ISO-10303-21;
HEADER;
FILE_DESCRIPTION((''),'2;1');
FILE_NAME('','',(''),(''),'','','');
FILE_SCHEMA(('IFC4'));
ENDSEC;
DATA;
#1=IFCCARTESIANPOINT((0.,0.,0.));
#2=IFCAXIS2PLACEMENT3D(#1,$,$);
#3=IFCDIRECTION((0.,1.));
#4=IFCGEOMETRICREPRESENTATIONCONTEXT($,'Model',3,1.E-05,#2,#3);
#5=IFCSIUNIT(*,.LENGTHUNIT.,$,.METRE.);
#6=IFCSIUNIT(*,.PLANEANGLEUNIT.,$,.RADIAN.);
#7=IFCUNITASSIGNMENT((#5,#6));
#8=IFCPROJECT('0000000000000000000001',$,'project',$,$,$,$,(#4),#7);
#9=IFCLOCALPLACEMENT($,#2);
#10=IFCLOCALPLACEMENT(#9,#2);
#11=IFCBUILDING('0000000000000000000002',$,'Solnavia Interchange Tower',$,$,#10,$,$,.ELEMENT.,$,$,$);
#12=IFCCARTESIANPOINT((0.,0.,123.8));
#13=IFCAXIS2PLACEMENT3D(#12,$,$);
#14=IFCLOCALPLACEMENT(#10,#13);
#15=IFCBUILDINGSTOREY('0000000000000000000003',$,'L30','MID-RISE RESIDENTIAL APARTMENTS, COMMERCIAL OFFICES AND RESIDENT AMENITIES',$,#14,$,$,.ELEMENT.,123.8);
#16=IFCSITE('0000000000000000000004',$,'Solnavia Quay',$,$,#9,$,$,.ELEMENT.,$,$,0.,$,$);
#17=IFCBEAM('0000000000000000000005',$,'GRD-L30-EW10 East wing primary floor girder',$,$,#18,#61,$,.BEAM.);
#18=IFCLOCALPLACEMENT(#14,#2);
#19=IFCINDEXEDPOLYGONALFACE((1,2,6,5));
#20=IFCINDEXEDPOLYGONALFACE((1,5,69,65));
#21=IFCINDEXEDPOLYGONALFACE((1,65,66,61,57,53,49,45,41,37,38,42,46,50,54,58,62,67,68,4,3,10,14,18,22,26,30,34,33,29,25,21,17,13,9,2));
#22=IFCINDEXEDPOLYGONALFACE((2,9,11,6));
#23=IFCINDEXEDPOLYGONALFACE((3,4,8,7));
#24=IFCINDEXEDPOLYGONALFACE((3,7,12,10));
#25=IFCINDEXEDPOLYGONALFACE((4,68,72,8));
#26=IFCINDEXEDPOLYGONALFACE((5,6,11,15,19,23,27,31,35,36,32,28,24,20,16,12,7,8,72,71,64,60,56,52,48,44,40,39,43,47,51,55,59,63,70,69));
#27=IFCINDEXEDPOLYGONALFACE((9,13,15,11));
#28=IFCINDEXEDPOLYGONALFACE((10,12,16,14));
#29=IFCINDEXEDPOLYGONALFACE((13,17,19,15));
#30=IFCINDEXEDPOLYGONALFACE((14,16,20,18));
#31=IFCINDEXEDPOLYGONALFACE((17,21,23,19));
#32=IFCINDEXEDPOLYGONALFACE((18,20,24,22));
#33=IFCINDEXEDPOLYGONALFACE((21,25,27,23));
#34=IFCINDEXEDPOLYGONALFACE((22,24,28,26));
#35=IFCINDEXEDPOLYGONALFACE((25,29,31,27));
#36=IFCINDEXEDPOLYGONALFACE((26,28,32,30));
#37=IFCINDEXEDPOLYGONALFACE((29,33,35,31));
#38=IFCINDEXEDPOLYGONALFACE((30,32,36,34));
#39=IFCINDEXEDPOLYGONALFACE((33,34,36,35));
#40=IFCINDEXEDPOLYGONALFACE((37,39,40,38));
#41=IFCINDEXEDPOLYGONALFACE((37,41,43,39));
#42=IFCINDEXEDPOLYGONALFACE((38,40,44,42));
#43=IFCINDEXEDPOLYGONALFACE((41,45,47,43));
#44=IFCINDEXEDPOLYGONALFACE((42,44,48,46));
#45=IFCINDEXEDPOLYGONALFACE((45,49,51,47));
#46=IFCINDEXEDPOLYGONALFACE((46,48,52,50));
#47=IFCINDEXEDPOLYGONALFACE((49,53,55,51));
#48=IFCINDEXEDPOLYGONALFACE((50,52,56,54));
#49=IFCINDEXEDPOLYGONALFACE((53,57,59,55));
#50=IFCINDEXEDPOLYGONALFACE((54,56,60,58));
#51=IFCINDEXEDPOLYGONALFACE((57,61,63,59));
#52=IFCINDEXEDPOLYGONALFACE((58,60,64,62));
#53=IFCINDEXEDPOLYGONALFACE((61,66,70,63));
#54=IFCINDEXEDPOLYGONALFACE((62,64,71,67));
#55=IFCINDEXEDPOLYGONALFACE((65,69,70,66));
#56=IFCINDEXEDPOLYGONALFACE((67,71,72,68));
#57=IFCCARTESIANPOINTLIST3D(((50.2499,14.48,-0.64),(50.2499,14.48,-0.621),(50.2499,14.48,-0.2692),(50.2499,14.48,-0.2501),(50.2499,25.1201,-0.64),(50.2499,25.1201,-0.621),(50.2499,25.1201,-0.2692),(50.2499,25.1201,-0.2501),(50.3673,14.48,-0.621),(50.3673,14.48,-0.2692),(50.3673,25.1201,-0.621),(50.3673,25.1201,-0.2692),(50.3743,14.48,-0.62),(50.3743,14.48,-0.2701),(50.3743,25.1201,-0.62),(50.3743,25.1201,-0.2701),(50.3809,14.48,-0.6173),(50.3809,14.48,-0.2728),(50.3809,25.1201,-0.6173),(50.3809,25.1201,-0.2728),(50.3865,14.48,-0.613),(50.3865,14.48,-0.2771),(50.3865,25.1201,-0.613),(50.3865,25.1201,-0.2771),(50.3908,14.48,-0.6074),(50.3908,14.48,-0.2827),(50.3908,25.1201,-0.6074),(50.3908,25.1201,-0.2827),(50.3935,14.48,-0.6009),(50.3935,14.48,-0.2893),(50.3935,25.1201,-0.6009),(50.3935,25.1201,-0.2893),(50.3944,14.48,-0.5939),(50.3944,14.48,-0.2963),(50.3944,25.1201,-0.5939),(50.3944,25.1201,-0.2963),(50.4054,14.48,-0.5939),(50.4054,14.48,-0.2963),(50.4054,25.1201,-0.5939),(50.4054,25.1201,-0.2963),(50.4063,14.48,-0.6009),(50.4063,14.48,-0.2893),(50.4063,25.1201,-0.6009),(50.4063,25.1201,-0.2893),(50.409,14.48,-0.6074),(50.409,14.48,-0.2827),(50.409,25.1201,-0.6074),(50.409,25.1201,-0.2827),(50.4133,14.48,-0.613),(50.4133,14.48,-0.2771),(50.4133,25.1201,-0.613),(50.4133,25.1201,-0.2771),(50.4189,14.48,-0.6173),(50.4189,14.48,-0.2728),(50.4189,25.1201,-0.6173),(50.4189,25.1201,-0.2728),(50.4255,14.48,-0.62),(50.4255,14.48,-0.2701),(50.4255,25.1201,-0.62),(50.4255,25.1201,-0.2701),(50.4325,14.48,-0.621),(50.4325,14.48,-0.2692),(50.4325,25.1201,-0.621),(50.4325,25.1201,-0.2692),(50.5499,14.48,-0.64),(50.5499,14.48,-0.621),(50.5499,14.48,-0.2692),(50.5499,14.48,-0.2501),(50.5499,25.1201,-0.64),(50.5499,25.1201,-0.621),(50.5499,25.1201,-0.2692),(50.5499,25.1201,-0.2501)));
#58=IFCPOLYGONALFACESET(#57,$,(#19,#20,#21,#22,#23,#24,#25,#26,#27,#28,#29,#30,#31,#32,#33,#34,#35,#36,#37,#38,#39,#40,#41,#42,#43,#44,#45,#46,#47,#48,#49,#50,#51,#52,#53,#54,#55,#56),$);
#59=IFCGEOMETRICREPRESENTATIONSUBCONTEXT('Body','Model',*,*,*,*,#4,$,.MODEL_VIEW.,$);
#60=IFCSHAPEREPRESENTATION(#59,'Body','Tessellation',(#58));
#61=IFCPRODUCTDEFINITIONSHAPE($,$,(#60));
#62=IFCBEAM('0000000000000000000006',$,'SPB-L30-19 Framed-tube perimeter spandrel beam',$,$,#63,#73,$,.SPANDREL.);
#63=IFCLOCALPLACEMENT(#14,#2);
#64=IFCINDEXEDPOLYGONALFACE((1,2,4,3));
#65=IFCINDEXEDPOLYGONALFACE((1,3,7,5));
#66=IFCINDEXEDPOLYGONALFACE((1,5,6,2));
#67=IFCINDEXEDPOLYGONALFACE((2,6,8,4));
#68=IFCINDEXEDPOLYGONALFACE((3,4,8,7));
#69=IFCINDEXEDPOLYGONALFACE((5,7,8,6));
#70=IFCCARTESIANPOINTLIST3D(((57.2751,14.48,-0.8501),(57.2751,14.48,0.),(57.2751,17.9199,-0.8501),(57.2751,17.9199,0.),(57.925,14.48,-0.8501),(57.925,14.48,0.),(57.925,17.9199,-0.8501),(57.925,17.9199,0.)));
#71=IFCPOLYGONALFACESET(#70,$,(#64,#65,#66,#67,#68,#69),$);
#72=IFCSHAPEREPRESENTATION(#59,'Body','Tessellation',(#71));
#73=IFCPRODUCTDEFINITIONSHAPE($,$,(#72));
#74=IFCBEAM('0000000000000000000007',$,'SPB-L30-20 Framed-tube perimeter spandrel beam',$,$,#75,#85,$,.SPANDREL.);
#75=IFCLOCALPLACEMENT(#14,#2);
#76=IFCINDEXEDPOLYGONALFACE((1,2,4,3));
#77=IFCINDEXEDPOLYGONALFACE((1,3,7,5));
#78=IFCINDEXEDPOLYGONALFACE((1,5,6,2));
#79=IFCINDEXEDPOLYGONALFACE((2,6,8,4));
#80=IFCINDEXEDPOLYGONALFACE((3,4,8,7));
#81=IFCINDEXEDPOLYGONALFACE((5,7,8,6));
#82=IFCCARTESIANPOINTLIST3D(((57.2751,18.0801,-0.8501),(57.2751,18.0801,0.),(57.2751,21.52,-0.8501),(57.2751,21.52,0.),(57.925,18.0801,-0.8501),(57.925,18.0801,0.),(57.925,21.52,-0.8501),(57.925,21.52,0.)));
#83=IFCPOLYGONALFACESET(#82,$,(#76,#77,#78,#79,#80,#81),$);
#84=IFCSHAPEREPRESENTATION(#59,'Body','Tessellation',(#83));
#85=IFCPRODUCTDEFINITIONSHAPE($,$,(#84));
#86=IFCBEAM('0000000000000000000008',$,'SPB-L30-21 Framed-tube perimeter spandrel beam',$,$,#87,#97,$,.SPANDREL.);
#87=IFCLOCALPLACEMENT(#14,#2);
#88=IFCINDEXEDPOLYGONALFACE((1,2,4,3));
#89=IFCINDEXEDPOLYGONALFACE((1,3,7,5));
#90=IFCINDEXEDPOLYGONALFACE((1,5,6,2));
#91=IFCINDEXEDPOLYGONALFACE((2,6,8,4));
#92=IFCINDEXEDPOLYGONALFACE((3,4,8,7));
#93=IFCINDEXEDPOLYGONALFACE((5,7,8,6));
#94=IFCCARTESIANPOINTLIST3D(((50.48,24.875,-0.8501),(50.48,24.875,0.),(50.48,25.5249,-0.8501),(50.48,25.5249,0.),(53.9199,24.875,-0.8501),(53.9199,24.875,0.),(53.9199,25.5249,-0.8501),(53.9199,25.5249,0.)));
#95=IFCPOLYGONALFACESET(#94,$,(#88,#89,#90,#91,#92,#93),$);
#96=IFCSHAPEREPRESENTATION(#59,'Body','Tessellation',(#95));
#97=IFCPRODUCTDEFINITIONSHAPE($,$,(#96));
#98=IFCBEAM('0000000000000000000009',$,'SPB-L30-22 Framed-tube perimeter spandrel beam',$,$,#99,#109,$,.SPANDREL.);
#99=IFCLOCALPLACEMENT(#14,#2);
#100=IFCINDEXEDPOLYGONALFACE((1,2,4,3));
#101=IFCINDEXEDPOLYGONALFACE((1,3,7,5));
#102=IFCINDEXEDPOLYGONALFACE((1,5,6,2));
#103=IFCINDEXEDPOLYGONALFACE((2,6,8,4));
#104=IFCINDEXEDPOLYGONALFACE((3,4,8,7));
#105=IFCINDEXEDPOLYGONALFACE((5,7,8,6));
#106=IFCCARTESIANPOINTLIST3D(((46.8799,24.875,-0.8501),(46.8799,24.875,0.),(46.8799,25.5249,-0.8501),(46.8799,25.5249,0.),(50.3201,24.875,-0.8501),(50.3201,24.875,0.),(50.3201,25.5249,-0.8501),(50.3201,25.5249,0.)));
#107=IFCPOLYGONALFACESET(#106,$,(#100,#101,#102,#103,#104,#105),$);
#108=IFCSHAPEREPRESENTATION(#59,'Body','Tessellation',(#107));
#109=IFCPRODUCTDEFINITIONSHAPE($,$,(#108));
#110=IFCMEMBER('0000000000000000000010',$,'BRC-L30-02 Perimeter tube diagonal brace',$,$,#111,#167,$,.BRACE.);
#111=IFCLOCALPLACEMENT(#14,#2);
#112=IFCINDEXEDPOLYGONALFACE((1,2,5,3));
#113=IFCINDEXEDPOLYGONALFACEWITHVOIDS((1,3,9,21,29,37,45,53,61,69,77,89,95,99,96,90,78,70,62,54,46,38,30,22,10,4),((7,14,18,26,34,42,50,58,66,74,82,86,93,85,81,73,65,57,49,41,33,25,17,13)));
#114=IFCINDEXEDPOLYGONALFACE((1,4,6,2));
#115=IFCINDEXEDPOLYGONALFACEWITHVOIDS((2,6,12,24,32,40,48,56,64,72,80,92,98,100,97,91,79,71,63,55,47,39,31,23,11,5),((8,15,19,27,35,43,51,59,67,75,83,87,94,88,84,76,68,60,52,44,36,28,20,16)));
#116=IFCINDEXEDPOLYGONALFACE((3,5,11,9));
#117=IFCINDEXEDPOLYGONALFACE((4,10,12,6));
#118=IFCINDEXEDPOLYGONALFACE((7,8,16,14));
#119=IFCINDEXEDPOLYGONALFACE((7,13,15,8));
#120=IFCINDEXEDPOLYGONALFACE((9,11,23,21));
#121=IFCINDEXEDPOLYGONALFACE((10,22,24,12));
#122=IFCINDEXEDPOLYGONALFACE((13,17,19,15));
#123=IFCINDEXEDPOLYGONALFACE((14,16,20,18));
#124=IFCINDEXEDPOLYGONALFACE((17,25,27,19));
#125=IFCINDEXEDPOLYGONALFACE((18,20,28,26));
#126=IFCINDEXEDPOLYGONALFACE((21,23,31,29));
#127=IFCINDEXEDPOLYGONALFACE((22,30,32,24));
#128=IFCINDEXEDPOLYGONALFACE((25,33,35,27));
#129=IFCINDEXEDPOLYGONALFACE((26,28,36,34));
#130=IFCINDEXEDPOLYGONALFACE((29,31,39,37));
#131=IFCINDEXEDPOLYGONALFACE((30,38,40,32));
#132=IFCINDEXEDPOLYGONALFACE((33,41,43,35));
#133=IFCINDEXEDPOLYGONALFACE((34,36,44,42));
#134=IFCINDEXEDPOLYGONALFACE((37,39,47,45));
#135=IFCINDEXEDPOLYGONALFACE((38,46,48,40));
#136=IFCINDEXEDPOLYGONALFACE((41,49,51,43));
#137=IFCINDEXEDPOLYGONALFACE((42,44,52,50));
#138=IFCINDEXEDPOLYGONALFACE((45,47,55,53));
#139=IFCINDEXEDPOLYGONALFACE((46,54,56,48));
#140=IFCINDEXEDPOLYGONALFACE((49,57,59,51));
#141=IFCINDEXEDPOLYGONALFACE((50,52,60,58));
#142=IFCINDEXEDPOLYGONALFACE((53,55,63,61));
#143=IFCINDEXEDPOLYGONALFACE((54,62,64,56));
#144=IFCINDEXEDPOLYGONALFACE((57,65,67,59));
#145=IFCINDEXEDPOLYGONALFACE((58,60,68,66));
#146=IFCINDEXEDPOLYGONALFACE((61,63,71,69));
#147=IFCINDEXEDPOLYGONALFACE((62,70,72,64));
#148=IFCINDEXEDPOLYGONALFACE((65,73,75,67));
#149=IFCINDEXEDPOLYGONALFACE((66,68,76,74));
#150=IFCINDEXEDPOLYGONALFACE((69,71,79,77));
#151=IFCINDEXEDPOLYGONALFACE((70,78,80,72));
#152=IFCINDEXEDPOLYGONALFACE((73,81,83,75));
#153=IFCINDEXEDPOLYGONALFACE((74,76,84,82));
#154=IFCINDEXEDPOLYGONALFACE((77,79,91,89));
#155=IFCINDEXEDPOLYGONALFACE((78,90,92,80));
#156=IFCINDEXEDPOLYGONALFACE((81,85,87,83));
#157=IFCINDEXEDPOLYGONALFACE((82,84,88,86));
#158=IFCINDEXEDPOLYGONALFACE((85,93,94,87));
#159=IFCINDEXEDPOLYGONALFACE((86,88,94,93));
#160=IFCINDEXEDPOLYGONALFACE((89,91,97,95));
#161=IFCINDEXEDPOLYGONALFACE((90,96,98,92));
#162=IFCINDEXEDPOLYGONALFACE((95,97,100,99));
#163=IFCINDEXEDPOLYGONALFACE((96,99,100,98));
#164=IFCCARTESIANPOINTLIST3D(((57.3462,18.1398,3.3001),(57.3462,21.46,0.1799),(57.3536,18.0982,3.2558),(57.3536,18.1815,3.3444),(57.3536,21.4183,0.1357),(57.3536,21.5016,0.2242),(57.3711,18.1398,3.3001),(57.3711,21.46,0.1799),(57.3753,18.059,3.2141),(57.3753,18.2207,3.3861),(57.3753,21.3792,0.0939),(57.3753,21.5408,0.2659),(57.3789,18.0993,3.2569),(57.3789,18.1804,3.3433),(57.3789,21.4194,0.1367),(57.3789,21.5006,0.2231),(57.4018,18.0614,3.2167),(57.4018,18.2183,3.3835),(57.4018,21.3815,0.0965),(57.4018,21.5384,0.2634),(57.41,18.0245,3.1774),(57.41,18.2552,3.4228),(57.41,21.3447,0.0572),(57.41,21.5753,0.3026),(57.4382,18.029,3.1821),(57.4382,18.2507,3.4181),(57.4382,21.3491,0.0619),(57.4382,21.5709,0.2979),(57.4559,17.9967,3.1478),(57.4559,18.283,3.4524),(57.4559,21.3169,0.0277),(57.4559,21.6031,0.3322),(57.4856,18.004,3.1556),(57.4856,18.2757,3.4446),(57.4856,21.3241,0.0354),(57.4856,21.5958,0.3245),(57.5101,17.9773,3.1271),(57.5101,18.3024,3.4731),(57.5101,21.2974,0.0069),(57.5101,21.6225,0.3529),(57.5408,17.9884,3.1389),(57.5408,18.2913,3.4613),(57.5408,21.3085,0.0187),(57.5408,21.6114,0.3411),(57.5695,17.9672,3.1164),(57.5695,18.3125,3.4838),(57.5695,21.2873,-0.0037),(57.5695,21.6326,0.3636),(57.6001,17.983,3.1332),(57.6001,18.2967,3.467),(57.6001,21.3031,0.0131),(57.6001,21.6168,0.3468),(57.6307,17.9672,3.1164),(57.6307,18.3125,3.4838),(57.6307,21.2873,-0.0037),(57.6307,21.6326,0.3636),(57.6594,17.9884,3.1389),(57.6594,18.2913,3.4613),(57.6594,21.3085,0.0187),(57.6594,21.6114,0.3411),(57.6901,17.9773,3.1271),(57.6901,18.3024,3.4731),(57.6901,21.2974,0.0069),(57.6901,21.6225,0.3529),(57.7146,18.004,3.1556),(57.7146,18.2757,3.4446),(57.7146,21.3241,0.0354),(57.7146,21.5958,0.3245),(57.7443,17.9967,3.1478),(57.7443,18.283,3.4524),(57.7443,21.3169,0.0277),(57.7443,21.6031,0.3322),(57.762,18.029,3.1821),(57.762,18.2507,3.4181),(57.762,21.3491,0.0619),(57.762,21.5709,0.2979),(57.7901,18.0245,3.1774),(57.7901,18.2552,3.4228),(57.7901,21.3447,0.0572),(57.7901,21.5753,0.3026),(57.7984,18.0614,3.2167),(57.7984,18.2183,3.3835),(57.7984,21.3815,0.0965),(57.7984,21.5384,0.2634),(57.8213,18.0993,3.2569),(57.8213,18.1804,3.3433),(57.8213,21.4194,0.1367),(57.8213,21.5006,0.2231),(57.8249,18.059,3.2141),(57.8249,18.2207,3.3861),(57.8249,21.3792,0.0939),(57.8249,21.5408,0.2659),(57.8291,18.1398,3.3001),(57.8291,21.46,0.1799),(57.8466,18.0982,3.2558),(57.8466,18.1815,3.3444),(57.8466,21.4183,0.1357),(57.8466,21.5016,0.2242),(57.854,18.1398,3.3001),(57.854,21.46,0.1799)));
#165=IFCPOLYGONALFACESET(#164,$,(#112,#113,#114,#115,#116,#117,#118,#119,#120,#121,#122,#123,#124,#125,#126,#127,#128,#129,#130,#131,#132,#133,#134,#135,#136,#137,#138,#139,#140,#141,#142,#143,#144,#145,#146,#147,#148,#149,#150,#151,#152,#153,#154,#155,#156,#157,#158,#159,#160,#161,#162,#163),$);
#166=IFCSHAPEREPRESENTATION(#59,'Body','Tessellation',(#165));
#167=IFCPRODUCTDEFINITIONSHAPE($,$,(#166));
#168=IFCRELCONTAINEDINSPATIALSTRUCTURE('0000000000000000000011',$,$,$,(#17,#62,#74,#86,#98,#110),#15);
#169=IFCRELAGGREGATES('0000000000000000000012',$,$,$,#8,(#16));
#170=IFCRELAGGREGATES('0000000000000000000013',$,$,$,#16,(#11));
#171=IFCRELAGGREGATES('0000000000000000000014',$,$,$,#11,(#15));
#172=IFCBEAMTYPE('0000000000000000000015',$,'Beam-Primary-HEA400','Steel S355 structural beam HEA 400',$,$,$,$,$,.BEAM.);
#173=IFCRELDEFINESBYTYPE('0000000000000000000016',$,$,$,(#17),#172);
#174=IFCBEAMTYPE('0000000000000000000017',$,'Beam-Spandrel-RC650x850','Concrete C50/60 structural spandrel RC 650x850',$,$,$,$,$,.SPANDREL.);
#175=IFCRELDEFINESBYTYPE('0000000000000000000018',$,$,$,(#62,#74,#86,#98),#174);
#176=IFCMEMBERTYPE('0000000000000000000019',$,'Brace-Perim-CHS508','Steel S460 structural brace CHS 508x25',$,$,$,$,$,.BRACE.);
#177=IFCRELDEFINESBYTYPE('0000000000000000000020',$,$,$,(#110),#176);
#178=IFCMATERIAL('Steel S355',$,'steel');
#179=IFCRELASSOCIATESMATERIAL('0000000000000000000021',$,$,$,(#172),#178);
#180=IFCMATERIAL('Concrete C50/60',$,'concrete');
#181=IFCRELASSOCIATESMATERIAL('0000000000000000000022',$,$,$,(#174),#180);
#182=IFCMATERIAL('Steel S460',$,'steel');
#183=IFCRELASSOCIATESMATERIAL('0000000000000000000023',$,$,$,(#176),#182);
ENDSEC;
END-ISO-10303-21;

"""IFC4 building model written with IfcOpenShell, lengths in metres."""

from ifc_helpers import new_model, si_unit, direction, frame, origin, origin_2d, place, context, subcontext, project, spatial, rectangle, hollow_circle, i_section, extrude, material, material_profile, profile_set, type_object, element, save


model = new_model("IFC4")

# Units and contexts
model_context = context("Model", 3, precision=1e-05, world=origin(), true_north=direction((0.0, 1.0)))
body_context = subcontext(model_context, "Body", "Model", "MODEL_VIEW")
ifc_project = project(units=[si_unit("LENGTHUNIT", "METRE"), si_unit("PLANEANGLEUNIT", "RADIAN")], contexts=[model_context])

# Site, building, storey
site_placement = place(None, origin())
site = spatial("IfcSite", under=ifc_project, at=site_placement, Name="Solnavia Quay", CompositionType="ELEMENT", RefElevation=0.0)
building_placement = place(site_placement, origin())
building = spatial("IfcBuilding", under=site, at=building_placement, Name="Solnavia Interchange Tower", CompositionType="ELEMENT")
storey_placement = place(building_placement, frame((0.0, 0.0, 123.8)))
storey = spatial("IfcBuildingStorey", under=building, at=storey_placement, Name="L30", Description="MID-RISE RESIDENTIAL APARTMENTS, COMMERCIAL OFFICES AND RESIDENT AMENITIES", CompositionType="ELEMENT", Elevation=123.8)

# Shared definitions
ifc_material_1 = material(Name="Concrete C50/60", Category="concrete")
ifc_material_2 = material(Name="Steel S355", Category="steel")

# Beams
ifc_material_3 = material(Name="Steel S460", Category="steel")
ifc_material_profile_1 = material_profile(ifc_material_2, i_section(OverallWidth=0.3, OverallDepth=0.3899, WebThickness=0.011, FlangeThickness=0.019, FilletRadius=0.0271, at=origin_2d()), Name="HEA 400")
ifc_profile_set_1 = profile_set([ifc_material_profile_1], Name="Steel S355")
beam_type_1 = type_object("IfcBeamType", Name="Beam-Primary-HEA400", Description="Steel S355 structural beam HEA 400", PredefinedType="BEAM", material=ifc_profile_set_1)
beam_1_placement = place(storey_placement, frame((50.3999, 14.48, -0.4451), z_axis=(0.0, 1.0, 0.0), x_axis=(-1.0, 0.0, 0.0)))
element("IfcBeam", 1, at=beam_1_placement, inside=storey, type_object=beam_type_1, Name="GRD-L30-EW10 East wing primary floor girder", PredefinedType="BEAM", context=body_context, shape_type="SweptSolid", body=[
    extrude(i_section(OverallWidth=0.3, OverallDepth=0.3899, WebThickness=0.011, FlangeThickness=0.019, FilletRadius=0.0271, at=origin_2d()), origin(), (0.0, 0.0, 1.0), 10.6401),
])
ifc_material_profile_2 = material_profile(ifc_material_1, rectangle(XDim=0.6499, YDim=0.8501, at=origin_2d()), Name="RC 650x850")
ifc_profile_set_2 = profile_set([ifc_material_profile_2], Name="Concrete C50/60")
beam_type_2 = type_object("IfcBeamType", Name="Beam-Spandrel-RC650x850", Description="Concrete C50/60 structural spandrel RC 650x850", PredefinedType="SPANDREL", material=ifc_profile_set_2)
for number, where, z_axis, x_axis, name in (
    (2, (57.6001, 14.48, -0.425), (0.0, 1.0, 0.0), (-1.0, 0.0, 0.0), "SPB-L30-19 Framed-tube perimeter spandrel beam"),
    (3, (57.6001, 18.0801, -0.425), (0.0, 1.0, 0.0), (-1.0, 0.0, 0.0), "SPB-L30-20 Framed-tube perimeter spandrel beam"),
    (4, (53.9199, 25.2, -0.425), (-1.0, 0.0, 0.0), (0.0, -1.0, 0.0), "SPB-L30-21 Framed-tube perimeter spandrel beam"),
):
    element("IfcBeam", number, at=place(storey_placement, frame(where, z_axis=z_axis, x_axis=x_axis)), inside=storey, type_object=beam_type_2, Name=name, PredefinedType="SPANDREL", context=body_context, shape_type="SweptSolid", body=[
        extrude(rectangle(XDim=0.6499, YDim=0.8501, at=origin_2d()), origin(), (0.0, 0.0, 1.0), 3.4399),
    ])
beam_2_placement = place(storey_placement, frame((50.3201, 25.2, -0.425), z_axis=(-1.0, 0.0, 0.0), x_axis=(0.0, -1.0, 0.0)))
element("IfcBeam", 5, at=beam_2_placement, inside=storey, type_object=beam_type_2, Name="SPB-L30-22 Framed-tube perimeter spandrel beam", PredefinedType="SPANDREL", context=body_context, shape_type="SweptSolid", body=[
    extrude(rectangle(XDim=0.6499, YDim=0.8501, at=origin_2d()), origin(), (0.0, 0.0, 1.0), 3.4402),
])

# Member
ifc_material_profile_3 = material_profile(ifc_material_3, hollow_circle(Radius=0.2539, WallThickness=0.0249, at=origin_2d()), Name="CHS 508x25")
ifc_profile_set_3 = profile_set([ifc_material_profile_3], Name="Steel S460")
member_type = type_object("IfcMemberType", Name="Brace-Perim-CHS508", Description="Steel S460 structural brace CHS 508x25", PredefinedType="BRACE", material=ifc_profile_set_3)
for number, where, z_axis, x_axis, name in (
    (6, (57.6001, 21.46, 0.1799), (0.0, -0.728709, 0.684823), (1.0, 0.0, 0.0), "BRC-L30-02 Perimeter tube diagonal brace"),
):
    element("IfcMember", number, at=place(storey_placement, frame(where, z_axis=z_axis, x_axis=x_axis)), inside=storey, type_object=member_type, Name=name, PredefinedType="BRACE", context=body_context, shape_type="SweptSolid", body=[
        extrude(hollow_circle(Radius=0.2539, WallThickness=0.0249, at=origin_2d()), origin(), (0.0, 0.0, 1.0), 4.5562),
    ])

save(model, "model.ifc")
